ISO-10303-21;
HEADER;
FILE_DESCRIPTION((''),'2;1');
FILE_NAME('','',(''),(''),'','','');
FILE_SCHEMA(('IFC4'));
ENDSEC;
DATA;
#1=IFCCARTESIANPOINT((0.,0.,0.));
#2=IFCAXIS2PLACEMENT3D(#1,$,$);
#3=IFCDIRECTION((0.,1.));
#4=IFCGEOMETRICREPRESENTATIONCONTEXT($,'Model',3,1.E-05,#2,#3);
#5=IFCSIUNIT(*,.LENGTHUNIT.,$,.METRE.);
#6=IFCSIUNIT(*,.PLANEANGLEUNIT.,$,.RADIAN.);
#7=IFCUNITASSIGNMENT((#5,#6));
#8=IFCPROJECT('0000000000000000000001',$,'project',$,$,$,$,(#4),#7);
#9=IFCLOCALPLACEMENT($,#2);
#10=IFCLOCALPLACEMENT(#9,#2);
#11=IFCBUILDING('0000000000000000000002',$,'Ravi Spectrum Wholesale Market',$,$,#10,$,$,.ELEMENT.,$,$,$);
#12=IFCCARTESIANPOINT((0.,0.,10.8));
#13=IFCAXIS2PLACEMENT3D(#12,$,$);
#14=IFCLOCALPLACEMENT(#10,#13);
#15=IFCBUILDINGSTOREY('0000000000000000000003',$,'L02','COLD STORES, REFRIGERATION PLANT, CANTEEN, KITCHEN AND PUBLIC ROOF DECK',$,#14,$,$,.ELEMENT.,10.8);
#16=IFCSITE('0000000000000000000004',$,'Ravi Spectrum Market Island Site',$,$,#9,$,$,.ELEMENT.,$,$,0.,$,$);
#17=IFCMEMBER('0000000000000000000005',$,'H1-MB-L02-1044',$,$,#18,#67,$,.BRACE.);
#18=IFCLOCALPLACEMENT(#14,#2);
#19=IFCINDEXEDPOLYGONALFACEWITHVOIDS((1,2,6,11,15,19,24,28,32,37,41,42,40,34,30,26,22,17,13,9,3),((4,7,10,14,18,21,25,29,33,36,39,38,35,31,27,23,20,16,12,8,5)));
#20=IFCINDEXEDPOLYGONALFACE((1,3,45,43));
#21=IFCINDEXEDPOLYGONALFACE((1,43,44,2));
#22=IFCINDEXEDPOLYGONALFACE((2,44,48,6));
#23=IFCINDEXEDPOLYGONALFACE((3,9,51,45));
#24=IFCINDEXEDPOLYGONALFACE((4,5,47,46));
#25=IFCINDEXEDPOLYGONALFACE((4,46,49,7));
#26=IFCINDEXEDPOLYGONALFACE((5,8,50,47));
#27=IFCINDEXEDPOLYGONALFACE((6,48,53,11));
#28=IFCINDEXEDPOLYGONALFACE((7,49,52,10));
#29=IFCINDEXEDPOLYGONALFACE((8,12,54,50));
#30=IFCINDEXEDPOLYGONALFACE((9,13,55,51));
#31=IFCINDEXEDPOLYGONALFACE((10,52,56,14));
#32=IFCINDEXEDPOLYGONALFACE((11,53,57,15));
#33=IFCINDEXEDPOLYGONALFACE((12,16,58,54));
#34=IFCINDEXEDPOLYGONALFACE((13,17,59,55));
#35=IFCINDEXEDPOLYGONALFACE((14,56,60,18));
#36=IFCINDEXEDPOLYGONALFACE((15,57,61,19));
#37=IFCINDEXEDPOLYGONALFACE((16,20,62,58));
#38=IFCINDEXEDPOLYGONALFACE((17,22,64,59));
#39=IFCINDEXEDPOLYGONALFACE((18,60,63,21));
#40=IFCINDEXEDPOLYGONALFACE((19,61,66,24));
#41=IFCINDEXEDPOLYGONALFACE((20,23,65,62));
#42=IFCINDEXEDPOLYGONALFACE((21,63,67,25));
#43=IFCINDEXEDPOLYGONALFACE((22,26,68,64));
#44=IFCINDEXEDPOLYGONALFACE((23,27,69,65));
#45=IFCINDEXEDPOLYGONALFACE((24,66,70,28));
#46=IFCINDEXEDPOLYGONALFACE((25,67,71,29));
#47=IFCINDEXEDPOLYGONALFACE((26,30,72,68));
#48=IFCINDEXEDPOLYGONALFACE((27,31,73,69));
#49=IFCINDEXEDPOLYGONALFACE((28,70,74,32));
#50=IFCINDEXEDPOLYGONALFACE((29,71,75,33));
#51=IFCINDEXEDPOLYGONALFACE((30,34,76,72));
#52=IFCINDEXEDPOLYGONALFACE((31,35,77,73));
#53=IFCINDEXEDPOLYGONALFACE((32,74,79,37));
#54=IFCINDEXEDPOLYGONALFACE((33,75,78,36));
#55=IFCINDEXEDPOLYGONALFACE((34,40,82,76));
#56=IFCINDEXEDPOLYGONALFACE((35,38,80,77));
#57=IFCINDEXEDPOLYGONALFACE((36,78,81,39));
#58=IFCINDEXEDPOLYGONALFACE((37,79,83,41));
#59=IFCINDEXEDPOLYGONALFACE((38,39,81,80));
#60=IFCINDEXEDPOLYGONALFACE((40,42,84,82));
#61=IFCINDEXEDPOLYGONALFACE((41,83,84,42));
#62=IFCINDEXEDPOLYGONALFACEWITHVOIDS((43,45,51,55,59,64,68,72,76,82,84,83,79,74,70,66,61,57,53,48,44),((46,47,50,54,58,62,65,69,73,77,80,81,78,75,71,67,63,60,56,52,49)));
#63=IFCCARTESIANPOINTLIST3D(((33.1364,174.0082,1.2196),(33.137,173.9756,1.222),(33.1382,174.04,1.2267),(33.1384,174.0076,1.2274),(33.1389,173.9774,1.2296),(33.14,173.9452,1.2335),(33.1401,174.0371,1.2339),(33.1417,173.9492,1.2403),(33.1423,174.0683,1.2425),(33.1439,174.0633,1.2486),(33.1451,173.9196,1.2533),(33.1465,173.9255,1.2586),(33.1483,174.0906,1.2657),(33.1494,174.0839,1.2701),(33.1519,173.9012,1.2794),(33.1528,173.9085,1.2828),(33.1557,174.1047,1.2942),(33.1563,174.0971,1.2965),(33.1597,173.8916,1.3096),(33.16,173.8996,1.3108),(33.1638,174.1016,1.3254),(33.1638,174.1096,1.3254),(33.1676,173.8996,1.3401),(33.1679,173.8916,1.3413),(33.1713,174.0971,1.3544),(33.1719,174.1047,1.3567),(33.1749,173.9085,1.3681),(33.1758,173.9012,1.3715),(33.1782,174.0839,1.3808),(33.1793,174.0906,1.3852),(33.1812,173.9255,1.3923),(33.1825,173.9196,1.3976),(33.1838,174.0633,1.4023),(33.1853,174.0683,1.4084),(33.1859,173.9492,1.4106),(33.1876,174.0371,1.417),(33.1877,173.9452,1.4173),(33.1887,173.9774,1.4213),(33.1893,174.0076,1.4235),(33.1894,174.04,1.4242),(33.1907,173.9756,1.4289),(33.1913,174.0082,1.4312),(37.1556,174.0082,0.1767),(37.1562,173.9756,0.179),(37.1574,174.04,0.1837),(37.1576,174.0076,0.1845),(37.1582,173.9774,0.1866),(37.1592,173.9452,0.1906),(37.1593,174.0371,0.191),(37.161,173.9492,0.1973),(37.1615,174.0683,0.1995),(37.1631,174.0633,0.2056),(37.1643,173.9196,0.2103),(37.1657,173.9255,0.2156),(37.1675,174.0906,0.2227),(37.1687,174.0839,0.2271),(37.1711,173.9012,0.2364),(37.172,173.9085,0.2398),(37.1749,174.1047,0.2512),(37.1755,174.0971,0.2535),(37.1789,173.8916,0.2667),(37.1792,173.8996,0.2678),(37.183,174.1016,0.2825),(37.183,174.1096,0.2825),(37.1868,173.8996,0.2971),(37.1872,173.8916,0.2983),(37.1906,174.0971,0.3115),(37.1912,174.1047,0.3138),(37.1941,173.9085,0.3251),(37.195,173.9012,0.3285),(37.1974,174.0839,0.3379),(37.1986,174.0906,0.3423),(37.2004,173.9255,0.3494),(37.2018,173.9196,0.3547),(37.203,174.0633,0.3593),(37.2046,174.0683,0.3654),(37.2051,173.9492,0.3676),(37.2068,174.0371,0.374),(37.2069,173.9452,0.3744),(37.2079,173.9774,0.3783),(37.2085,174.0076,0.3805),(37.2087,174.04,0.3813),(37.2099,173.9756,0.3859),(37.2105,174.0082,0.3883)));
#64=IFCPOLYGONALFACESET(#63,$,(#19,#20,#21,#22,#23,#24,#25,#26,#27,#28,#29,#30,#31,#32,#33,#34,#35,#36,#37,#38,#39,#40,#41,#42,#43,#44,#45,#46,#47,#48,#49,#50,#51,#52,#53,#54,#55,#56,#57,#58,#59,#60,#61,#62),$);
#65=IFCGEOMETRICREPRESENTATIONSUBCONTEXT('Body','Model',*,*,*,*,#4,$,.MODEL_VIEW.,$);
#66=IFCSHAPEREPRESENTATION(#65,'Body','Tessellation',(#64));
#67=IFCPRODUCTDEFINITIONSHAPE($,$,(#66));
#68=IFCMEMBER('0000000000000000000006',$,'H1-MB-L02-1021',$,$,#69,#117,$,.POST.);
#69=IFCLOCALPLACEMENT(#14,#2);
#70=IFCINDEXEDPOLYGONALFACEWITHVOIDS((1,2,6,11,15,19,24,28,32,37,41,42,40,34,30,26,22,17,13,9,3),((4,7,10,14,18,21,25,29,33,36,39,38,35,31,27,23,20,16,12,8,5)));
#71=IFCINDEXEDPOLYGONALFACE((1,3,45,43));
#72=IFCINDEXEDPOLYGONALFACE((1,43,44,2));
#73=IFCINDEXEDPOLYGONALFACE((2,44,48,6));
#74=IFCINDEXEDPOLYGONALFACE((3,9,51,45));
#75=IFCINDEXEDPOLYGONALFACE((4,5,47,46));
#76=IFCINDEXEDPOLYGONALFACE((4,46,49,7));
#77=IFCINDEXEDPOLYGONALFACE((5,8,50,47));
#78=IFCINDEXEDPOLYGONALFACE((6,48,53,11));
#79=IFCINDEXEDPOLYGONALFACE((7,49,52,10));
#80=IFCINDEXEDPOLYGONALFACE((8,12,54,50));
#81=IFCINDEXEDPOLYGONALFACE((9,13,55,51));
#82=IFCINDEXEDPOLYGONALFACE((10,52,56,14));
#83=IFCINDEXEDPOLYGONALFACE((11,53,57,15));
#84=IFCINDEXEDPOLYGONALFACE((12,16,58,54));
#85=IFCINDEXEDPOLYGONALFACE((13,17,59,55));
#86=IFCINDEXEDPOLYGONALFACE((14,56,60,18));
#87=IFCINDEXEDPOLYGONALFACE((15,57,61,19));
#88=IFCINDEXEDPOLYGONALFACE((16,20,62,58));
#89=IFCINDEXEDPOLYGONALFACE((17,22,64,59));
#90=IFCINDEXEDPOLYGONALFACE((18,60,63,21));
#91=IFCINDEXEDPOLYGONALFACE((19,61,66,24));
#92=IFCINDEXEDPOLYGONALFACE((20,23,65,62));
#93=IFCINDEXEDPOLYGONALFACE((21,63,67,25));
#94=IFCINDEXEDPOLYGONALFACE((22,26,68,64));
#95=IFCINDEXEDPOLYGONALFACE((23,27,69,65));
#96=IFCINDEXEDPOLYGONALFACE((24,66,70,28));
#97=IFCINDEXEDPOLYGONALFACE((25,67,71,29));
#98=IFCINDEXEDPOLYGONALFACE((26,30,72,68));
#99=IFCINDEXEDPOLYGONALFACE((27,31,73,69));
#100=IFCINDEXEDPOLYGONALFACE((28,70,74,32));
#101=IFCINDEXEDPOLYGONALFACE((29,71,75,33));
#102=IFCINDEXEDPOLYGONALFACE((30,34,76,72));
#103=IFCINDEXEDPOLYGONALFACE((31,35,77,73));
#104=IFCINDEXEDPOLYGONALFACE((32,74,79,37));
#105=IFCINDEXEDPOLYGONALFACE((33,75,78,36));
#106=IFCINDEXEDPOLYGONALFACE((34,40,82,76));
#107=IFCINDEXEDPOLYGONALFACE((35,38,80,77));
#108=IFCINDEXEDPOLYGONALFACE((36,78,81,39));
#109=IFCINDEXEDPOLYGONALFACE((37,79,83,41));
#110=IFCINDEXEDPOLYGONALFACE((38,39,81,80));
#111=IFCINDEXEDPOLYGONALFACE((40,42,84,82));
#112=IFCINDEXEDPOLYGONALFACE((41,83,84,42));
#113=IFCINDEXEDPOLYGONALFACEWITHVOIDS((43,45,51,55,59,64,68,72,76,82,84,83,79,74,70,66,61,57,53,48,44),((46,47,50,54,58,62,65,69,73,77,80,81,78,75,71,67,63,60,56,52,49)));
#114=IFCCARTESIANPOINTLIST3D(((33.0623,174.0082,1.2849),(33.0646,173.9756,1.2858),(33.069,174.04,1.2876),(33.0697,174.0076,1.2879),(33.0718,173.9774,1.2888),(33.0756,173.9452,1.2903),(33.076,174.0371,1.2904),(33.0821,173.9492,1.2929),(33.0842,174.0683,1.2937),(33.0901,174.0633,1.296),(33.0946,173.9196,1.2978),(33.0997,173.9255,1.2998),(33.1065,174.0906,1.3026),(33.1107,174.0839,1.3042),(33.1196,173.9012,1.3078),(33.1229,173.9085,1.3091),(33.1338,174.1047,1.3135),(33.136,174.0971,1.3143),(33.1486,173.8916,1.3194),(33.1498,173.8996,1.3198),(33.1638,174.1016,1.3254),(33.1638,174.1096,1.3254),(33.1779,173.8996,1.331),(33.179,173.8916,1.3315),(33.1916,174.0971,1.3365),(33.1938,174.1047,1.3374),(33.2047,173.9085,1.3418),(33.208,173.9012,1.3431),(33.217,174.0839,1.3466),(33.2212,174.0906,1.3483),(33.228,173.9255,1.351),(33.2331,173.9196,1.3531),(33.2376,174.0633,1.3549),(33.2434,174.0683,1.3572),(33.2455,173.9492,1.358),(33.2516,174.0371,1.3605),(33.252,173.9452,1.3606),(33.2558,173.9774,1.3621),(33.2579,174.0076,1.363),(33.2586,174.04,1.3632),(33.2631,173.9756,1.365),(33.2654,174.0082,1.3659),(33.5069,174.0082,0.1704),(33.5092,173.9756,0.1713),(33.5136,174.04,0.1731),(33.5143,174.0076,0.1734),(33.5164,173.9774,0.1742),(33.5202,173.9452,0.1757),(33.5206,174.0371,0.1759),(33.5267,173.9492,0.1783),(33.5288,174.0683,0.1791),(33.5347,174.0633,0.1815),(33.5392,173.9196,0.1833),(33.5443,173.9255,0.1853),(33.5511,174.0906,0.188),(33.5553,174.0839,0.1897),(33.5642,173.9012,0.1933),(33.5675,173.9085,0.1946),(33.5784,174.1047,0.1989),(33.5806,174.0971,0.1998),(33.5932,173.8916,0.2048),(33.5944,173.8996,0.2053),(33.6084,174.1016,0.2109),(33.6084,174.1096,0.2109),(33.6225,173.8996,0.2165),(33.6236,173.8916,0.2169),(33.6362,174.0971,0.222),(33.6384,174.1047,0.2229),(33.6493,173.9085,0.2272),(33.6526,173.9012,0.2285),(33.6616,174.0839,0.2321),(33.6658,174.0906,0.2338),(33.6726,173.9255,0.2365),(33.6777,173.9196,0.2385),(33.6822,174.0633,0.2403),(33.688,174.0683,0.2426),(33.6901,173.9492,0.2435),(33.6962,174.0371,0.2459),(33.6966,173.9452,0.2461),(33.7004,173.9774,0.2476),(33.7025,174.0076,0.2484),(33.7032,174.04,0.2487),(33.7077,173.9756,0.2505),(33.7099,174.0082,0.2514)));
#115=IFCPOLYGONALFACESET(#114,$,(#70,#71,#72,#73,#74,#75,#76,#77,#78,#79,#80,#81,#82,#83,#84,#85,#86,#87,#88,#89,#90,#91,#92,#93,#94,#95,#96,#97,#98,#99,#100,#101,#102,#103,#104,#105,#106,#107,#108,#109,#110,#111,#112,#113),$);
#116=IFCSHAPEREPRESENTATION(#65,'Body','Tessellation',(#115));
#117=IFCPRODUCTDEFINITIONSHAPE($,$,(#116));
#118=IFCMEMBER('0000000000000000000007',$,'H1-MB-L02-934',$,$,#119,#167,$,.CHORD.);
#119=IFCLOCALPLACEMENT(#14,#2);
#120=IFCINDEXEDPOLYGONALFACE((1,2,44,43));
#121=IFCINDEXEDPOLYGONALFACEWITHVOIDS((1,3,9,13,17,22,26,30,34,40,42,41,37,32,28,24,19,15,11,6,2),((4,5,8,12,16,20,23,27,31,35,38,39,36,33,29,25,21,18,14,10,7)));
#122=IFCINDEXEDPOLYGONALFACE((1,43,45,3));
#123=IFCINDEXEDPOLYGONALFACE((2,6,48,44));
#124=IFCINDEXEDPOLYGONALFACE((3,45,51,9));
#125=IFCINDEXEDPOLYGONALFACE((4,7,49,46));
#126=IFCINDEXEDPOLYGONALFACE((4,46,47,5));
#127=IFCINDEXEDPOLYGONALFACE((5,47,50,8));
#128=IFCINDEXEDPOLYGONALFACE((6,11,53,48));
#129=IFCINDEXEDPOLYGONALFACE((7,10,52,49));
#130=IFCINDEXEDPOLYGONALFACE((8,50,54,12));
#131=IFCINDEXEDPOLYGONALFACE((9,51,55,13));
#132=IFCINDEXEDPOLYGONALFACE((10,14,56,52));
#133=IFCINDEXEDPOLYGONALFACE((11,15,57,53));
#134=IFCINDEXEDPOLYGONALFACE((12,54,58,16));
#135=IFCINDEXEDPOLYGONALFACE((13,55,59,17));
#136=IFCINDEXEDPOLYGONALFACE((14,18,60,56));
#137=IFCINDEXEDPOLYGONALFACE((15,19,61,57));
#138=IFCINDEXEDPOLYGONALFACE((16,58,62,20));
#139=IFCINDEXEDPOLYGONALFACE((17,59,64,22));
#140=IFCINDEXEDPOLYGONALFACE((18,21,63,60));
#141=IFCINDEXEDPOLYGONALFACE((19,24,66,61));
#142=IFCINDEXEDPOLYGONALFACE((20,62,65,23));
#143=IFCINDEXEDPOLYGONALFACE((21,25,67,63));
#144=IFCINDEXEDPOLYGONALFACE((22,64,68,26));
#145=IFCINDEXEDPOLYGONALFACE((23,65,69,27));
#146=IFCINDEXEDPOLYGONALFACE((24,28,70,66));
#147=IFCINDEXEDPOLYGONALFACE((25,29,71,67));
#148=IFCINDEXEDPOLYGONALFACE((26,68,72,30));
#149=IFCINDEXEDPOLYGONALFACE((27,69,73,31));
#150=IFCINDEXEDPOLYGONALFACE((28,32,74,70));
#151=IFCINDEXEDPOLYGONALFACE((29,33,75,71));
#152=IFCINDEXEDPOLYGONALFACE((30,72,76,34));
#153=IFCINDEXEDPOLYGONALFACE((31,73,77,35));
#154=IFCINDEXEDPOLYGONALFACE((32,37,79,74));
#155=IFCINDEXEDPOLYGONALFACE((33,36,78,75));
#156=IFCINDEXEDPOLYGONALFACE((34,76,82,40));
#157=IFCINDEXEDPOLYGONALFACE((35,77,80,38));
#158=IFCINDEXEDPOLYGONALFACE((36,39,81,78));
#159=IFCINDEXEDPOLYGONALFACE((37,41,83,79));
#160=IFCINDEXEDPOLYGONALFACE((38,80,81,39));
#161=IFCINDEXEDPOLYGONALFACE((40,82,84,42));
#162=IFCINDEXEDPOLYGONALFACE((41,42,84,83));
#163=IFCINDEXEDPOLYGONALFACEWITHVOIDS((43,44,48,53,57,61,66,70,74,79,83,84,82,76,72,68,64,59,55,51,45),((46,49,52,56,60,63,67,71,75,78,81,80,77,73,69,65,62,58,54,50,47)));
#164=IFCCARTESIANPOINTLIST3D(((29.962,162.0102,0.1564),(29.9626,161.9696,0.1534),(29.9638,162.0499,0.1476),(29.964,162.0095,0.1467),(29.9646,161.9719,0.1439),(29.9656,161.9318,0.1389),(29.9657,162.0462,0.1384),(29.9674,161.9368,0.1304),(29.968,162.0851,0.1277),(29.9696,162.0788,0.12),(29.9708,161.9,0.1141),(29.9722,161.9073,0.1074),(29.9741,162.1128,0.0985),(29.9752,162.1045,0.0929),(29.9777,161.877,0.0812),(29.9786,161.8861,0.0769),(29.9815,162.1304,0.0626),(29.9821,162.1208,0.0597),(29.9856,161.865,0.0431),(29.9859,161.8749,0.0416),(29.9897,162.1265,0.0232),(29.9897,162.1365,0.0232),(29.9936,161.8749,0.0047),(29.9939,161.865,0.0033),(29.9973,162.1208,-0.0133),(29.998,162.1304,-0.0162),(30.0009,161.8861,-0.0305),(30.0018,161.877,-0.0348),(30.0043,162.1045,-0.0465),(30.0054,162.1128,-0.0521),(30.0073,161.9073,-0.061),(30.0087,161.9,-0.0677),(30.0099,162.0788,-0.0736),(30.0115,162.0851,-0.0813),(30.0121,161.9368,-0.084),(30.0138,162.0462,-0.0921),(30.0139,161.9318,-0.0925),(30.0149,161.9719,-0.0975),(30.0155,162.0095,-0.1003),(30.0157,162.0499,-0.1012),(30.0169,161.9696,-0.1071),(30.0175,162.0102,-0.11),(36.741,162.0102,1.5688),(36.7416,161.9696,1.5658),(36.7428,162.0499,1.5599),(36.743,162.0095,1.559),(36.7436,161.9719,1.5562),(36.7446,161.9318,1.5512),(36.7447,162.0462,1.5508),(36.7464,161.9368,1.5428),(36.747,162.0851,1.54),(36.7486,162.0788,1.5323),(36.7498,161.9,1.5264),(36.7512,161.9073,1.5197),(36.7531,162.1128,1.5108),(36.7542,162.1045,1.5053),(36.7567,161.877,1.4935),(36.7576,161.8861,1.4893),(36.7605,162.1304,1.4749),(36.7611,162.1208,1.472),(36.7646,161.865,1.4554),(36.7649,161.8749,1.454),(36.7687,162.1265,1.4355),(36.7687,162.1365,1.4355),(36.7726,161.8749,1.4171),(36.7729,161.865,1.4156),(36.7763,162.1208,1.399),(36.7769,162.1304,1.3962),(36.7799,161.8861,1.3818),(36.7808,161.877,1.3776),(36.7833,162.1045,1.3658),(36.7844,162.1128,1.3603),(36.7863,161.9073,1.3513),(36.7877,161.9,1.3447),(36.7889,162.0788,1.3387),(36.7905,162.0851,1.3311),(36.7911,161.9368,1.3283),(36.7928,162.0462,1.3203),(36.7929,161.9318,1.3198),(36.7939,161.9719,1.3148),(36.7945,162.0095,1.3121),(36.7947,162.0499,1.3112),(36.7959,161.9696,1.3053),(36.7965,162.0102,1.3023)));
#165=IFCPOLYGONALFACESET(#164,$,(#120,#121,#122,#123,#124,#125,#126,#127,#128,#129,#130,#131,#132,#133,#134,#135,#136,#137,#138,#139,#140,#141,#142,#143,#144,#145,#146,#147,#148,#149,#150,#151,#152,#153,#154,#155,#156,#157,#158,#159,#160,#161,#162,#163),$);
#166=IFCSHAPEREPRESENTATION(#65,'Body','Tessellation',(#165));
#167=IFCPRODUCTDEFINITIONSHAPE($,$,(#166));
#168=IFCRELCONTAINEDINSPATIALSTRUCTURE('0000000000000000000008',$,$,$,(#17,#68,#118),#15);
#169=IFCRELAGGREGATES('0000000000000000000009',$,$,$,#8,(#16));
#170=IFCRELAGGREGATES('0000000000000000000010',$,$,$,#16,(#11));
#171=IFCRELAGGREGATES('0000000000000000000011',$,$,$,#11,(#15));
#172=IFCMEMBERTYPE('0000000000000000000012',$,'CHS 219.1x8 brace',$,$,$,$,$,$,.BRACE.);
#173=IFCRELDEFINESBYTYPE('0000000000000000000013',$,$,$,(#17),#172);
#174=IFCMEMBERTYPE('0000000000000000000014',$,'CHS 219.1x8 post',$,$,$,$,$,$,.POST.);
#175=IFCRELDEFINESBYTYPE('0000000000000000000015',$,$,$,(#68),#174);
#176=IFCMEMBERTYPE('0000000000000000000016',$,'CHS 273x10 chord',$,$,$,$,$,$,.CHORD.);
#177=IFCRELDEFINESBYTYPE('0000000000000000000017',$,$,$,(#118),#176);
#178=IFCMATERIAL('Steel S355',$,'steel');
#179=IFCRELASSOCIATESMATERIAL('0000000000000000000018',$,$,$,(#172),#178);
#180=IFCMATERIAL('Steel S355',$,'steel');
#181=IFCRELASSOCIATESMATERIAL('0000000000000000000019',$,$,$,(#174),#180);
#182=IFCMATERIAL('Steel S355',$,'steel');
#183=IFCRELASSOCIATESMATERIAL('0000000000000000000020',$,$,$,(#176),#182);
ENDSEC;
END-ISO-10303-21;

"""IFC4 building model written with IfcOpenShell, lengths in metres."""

from ifc_helpers import new_model, si_unit, direction, frame, origin, origin_2d, place, context, subcontext, project, spatial, hollow_circle, extrude, material, material_profile, profile_set, type_object, element, save


model = new_model("IFC4")

# Units and contexts
model_context = context("Model", 3, precision=1e-05, world=origin(), true_north=direction((0.0, 1.0)))
body_context = subcontext(model_context, "Body", "Model", "MODEL_VIEW")
ifc_project = project(units=[si_unit("LENGTHUNIT", "METRE"), si_unit("PLANEANGLEUNIT", "RADIAN")], contexts=[model_context])

# Site, building, storey
site_placement = place(None, origin())
site = spatial("IfcSite", under=ifc_project, at=site_placement, Name="Ravi Spectrum Market Island Site", CompositionType="ELEMENT", RefElevation=0.0)
building_placement = place(site_placement, origin())
building = spatial("IfcBuilding", under=site, at=building_placement, Name="Ravi Spectrum Wholesale Market", CompositionType="ELEMENT")
storey_placement = place(building_placement, frame((0.0, 0.0, 10.8)))
storey = spatial("IfcBuildingStorey", under=building, at=storey_placement, Name="L02", Description="COLD STORES, REFRIGERATION PLANT, CANTEEN, KITCHEN AND PUBLIC ROOF DECK", CompositionType="ELEMENT", Elevation=10.8)

# Members
ifc_material_1 = material(Name="Steel S355", Category="steel")
ifc_material_profile_1 = material_profile(ifc_material_1, hollow_circle(Radius=0.1096, WallThickness=0.0081, at=origin_2d()))
ifc_profile_set_1 = profile_set([ifc_material_profile_1], Name="Steel S355")
member_type_1 = type_object("IfcMemberType", Name="CHS 219.1x8 brace", PredefinedType="BRACE", material=ifc_profile_set_1)
member_1_placement = place(storey_placement, frame((33.1638, 174.0, 1.3254), z_axis=(0.967942, 0.0, -0.251172), x_axis=(0.0, 1.0, 0.0)))
element("IfcMember", 1, at=member_1_placement, inside=storey, type_object=member_type_1, Name="H1-MB-L02-1044", PredefinedType="BRACE", context=body_context, shape_type="SweptSolid", body=[
    extrude(hollow_circle(Radius=0.1096, WallThickness=0.0081, at=origin_2d()), origin(), (0.0, 0.0, 1.0), 4.1523),
])
ifc_material_2 = material(Name="Steel S355", Category="steel")
ifc_material_profile_2 = material_profile(ifc_material_2, hollow_circle(Radius=0.1096, WallThickness=0.0081, at=origin_2d()))
ifc_profile_set_2 = profile_set([ifc_material_profile_2], Name="Steel S355")
member_type_2 = type_object("IfcMemberType", Name="CHS 219.1x8 post", PredefinedType="POST", material=ifc_profile_set_2)
member_2_placement = place(storey_placement, frame((33.1638, 174.0, 1.3254), z_axis=(0.370513, 0.0, -0.928827), x_axis=(0.0, 1.0, 0.0)))
element("IfcMember", 2, at=member_2_placement, inside=storey, type_object=member_type_2, Name="H1-MB-L02-1021", PredefinedType="POST", context=body_context, shape_type="SweptSolid", body=[
    extrude(hollow_circle(Radius=0.1096, WallThickness=0.0081, at=origin_2d()), origin(), (0.0, 0.0, 1.0), 1.2),
])
ifc_material_3 = material(Name="Steel S355", Category="steel")
ifc_material_profile_3 = material_profile(ifc_material_3, hollow_circle(Radius=0.1365, WallThickness=0.01, at=origin_2d()))
ifc_profile_set_3 = profile_set([ifc_material_profile_3], Name="Steel S355")
member_type_3 = type_object("IfcMemberType", Name="CHS 273x10 chord", PredefinedType="CHORD", material=ifc_profile_set_3)
member_3_placement = place(storey_placement, frame((29.9897, 162.0, 0.0232), z_axis=(0.978979, 0.0, 0.203961), x_axis=(0.0, 1.0, 0.0)))
element("IfcMember", 3, at=member_3_placement, inside=storey, type_object=member_type_3, Name="H1-MB-L02-934", PredefinedType="CHORD", context=body_context, shape_type="SweptSolid", body=[
    extrude(hollow_circle(Radius=0.1365, WallThickness=0.01, at=origin_2d()), origin(), (0.0, 0.0, 1.0), 6.9246),
])

save(model, "model.ifc")
